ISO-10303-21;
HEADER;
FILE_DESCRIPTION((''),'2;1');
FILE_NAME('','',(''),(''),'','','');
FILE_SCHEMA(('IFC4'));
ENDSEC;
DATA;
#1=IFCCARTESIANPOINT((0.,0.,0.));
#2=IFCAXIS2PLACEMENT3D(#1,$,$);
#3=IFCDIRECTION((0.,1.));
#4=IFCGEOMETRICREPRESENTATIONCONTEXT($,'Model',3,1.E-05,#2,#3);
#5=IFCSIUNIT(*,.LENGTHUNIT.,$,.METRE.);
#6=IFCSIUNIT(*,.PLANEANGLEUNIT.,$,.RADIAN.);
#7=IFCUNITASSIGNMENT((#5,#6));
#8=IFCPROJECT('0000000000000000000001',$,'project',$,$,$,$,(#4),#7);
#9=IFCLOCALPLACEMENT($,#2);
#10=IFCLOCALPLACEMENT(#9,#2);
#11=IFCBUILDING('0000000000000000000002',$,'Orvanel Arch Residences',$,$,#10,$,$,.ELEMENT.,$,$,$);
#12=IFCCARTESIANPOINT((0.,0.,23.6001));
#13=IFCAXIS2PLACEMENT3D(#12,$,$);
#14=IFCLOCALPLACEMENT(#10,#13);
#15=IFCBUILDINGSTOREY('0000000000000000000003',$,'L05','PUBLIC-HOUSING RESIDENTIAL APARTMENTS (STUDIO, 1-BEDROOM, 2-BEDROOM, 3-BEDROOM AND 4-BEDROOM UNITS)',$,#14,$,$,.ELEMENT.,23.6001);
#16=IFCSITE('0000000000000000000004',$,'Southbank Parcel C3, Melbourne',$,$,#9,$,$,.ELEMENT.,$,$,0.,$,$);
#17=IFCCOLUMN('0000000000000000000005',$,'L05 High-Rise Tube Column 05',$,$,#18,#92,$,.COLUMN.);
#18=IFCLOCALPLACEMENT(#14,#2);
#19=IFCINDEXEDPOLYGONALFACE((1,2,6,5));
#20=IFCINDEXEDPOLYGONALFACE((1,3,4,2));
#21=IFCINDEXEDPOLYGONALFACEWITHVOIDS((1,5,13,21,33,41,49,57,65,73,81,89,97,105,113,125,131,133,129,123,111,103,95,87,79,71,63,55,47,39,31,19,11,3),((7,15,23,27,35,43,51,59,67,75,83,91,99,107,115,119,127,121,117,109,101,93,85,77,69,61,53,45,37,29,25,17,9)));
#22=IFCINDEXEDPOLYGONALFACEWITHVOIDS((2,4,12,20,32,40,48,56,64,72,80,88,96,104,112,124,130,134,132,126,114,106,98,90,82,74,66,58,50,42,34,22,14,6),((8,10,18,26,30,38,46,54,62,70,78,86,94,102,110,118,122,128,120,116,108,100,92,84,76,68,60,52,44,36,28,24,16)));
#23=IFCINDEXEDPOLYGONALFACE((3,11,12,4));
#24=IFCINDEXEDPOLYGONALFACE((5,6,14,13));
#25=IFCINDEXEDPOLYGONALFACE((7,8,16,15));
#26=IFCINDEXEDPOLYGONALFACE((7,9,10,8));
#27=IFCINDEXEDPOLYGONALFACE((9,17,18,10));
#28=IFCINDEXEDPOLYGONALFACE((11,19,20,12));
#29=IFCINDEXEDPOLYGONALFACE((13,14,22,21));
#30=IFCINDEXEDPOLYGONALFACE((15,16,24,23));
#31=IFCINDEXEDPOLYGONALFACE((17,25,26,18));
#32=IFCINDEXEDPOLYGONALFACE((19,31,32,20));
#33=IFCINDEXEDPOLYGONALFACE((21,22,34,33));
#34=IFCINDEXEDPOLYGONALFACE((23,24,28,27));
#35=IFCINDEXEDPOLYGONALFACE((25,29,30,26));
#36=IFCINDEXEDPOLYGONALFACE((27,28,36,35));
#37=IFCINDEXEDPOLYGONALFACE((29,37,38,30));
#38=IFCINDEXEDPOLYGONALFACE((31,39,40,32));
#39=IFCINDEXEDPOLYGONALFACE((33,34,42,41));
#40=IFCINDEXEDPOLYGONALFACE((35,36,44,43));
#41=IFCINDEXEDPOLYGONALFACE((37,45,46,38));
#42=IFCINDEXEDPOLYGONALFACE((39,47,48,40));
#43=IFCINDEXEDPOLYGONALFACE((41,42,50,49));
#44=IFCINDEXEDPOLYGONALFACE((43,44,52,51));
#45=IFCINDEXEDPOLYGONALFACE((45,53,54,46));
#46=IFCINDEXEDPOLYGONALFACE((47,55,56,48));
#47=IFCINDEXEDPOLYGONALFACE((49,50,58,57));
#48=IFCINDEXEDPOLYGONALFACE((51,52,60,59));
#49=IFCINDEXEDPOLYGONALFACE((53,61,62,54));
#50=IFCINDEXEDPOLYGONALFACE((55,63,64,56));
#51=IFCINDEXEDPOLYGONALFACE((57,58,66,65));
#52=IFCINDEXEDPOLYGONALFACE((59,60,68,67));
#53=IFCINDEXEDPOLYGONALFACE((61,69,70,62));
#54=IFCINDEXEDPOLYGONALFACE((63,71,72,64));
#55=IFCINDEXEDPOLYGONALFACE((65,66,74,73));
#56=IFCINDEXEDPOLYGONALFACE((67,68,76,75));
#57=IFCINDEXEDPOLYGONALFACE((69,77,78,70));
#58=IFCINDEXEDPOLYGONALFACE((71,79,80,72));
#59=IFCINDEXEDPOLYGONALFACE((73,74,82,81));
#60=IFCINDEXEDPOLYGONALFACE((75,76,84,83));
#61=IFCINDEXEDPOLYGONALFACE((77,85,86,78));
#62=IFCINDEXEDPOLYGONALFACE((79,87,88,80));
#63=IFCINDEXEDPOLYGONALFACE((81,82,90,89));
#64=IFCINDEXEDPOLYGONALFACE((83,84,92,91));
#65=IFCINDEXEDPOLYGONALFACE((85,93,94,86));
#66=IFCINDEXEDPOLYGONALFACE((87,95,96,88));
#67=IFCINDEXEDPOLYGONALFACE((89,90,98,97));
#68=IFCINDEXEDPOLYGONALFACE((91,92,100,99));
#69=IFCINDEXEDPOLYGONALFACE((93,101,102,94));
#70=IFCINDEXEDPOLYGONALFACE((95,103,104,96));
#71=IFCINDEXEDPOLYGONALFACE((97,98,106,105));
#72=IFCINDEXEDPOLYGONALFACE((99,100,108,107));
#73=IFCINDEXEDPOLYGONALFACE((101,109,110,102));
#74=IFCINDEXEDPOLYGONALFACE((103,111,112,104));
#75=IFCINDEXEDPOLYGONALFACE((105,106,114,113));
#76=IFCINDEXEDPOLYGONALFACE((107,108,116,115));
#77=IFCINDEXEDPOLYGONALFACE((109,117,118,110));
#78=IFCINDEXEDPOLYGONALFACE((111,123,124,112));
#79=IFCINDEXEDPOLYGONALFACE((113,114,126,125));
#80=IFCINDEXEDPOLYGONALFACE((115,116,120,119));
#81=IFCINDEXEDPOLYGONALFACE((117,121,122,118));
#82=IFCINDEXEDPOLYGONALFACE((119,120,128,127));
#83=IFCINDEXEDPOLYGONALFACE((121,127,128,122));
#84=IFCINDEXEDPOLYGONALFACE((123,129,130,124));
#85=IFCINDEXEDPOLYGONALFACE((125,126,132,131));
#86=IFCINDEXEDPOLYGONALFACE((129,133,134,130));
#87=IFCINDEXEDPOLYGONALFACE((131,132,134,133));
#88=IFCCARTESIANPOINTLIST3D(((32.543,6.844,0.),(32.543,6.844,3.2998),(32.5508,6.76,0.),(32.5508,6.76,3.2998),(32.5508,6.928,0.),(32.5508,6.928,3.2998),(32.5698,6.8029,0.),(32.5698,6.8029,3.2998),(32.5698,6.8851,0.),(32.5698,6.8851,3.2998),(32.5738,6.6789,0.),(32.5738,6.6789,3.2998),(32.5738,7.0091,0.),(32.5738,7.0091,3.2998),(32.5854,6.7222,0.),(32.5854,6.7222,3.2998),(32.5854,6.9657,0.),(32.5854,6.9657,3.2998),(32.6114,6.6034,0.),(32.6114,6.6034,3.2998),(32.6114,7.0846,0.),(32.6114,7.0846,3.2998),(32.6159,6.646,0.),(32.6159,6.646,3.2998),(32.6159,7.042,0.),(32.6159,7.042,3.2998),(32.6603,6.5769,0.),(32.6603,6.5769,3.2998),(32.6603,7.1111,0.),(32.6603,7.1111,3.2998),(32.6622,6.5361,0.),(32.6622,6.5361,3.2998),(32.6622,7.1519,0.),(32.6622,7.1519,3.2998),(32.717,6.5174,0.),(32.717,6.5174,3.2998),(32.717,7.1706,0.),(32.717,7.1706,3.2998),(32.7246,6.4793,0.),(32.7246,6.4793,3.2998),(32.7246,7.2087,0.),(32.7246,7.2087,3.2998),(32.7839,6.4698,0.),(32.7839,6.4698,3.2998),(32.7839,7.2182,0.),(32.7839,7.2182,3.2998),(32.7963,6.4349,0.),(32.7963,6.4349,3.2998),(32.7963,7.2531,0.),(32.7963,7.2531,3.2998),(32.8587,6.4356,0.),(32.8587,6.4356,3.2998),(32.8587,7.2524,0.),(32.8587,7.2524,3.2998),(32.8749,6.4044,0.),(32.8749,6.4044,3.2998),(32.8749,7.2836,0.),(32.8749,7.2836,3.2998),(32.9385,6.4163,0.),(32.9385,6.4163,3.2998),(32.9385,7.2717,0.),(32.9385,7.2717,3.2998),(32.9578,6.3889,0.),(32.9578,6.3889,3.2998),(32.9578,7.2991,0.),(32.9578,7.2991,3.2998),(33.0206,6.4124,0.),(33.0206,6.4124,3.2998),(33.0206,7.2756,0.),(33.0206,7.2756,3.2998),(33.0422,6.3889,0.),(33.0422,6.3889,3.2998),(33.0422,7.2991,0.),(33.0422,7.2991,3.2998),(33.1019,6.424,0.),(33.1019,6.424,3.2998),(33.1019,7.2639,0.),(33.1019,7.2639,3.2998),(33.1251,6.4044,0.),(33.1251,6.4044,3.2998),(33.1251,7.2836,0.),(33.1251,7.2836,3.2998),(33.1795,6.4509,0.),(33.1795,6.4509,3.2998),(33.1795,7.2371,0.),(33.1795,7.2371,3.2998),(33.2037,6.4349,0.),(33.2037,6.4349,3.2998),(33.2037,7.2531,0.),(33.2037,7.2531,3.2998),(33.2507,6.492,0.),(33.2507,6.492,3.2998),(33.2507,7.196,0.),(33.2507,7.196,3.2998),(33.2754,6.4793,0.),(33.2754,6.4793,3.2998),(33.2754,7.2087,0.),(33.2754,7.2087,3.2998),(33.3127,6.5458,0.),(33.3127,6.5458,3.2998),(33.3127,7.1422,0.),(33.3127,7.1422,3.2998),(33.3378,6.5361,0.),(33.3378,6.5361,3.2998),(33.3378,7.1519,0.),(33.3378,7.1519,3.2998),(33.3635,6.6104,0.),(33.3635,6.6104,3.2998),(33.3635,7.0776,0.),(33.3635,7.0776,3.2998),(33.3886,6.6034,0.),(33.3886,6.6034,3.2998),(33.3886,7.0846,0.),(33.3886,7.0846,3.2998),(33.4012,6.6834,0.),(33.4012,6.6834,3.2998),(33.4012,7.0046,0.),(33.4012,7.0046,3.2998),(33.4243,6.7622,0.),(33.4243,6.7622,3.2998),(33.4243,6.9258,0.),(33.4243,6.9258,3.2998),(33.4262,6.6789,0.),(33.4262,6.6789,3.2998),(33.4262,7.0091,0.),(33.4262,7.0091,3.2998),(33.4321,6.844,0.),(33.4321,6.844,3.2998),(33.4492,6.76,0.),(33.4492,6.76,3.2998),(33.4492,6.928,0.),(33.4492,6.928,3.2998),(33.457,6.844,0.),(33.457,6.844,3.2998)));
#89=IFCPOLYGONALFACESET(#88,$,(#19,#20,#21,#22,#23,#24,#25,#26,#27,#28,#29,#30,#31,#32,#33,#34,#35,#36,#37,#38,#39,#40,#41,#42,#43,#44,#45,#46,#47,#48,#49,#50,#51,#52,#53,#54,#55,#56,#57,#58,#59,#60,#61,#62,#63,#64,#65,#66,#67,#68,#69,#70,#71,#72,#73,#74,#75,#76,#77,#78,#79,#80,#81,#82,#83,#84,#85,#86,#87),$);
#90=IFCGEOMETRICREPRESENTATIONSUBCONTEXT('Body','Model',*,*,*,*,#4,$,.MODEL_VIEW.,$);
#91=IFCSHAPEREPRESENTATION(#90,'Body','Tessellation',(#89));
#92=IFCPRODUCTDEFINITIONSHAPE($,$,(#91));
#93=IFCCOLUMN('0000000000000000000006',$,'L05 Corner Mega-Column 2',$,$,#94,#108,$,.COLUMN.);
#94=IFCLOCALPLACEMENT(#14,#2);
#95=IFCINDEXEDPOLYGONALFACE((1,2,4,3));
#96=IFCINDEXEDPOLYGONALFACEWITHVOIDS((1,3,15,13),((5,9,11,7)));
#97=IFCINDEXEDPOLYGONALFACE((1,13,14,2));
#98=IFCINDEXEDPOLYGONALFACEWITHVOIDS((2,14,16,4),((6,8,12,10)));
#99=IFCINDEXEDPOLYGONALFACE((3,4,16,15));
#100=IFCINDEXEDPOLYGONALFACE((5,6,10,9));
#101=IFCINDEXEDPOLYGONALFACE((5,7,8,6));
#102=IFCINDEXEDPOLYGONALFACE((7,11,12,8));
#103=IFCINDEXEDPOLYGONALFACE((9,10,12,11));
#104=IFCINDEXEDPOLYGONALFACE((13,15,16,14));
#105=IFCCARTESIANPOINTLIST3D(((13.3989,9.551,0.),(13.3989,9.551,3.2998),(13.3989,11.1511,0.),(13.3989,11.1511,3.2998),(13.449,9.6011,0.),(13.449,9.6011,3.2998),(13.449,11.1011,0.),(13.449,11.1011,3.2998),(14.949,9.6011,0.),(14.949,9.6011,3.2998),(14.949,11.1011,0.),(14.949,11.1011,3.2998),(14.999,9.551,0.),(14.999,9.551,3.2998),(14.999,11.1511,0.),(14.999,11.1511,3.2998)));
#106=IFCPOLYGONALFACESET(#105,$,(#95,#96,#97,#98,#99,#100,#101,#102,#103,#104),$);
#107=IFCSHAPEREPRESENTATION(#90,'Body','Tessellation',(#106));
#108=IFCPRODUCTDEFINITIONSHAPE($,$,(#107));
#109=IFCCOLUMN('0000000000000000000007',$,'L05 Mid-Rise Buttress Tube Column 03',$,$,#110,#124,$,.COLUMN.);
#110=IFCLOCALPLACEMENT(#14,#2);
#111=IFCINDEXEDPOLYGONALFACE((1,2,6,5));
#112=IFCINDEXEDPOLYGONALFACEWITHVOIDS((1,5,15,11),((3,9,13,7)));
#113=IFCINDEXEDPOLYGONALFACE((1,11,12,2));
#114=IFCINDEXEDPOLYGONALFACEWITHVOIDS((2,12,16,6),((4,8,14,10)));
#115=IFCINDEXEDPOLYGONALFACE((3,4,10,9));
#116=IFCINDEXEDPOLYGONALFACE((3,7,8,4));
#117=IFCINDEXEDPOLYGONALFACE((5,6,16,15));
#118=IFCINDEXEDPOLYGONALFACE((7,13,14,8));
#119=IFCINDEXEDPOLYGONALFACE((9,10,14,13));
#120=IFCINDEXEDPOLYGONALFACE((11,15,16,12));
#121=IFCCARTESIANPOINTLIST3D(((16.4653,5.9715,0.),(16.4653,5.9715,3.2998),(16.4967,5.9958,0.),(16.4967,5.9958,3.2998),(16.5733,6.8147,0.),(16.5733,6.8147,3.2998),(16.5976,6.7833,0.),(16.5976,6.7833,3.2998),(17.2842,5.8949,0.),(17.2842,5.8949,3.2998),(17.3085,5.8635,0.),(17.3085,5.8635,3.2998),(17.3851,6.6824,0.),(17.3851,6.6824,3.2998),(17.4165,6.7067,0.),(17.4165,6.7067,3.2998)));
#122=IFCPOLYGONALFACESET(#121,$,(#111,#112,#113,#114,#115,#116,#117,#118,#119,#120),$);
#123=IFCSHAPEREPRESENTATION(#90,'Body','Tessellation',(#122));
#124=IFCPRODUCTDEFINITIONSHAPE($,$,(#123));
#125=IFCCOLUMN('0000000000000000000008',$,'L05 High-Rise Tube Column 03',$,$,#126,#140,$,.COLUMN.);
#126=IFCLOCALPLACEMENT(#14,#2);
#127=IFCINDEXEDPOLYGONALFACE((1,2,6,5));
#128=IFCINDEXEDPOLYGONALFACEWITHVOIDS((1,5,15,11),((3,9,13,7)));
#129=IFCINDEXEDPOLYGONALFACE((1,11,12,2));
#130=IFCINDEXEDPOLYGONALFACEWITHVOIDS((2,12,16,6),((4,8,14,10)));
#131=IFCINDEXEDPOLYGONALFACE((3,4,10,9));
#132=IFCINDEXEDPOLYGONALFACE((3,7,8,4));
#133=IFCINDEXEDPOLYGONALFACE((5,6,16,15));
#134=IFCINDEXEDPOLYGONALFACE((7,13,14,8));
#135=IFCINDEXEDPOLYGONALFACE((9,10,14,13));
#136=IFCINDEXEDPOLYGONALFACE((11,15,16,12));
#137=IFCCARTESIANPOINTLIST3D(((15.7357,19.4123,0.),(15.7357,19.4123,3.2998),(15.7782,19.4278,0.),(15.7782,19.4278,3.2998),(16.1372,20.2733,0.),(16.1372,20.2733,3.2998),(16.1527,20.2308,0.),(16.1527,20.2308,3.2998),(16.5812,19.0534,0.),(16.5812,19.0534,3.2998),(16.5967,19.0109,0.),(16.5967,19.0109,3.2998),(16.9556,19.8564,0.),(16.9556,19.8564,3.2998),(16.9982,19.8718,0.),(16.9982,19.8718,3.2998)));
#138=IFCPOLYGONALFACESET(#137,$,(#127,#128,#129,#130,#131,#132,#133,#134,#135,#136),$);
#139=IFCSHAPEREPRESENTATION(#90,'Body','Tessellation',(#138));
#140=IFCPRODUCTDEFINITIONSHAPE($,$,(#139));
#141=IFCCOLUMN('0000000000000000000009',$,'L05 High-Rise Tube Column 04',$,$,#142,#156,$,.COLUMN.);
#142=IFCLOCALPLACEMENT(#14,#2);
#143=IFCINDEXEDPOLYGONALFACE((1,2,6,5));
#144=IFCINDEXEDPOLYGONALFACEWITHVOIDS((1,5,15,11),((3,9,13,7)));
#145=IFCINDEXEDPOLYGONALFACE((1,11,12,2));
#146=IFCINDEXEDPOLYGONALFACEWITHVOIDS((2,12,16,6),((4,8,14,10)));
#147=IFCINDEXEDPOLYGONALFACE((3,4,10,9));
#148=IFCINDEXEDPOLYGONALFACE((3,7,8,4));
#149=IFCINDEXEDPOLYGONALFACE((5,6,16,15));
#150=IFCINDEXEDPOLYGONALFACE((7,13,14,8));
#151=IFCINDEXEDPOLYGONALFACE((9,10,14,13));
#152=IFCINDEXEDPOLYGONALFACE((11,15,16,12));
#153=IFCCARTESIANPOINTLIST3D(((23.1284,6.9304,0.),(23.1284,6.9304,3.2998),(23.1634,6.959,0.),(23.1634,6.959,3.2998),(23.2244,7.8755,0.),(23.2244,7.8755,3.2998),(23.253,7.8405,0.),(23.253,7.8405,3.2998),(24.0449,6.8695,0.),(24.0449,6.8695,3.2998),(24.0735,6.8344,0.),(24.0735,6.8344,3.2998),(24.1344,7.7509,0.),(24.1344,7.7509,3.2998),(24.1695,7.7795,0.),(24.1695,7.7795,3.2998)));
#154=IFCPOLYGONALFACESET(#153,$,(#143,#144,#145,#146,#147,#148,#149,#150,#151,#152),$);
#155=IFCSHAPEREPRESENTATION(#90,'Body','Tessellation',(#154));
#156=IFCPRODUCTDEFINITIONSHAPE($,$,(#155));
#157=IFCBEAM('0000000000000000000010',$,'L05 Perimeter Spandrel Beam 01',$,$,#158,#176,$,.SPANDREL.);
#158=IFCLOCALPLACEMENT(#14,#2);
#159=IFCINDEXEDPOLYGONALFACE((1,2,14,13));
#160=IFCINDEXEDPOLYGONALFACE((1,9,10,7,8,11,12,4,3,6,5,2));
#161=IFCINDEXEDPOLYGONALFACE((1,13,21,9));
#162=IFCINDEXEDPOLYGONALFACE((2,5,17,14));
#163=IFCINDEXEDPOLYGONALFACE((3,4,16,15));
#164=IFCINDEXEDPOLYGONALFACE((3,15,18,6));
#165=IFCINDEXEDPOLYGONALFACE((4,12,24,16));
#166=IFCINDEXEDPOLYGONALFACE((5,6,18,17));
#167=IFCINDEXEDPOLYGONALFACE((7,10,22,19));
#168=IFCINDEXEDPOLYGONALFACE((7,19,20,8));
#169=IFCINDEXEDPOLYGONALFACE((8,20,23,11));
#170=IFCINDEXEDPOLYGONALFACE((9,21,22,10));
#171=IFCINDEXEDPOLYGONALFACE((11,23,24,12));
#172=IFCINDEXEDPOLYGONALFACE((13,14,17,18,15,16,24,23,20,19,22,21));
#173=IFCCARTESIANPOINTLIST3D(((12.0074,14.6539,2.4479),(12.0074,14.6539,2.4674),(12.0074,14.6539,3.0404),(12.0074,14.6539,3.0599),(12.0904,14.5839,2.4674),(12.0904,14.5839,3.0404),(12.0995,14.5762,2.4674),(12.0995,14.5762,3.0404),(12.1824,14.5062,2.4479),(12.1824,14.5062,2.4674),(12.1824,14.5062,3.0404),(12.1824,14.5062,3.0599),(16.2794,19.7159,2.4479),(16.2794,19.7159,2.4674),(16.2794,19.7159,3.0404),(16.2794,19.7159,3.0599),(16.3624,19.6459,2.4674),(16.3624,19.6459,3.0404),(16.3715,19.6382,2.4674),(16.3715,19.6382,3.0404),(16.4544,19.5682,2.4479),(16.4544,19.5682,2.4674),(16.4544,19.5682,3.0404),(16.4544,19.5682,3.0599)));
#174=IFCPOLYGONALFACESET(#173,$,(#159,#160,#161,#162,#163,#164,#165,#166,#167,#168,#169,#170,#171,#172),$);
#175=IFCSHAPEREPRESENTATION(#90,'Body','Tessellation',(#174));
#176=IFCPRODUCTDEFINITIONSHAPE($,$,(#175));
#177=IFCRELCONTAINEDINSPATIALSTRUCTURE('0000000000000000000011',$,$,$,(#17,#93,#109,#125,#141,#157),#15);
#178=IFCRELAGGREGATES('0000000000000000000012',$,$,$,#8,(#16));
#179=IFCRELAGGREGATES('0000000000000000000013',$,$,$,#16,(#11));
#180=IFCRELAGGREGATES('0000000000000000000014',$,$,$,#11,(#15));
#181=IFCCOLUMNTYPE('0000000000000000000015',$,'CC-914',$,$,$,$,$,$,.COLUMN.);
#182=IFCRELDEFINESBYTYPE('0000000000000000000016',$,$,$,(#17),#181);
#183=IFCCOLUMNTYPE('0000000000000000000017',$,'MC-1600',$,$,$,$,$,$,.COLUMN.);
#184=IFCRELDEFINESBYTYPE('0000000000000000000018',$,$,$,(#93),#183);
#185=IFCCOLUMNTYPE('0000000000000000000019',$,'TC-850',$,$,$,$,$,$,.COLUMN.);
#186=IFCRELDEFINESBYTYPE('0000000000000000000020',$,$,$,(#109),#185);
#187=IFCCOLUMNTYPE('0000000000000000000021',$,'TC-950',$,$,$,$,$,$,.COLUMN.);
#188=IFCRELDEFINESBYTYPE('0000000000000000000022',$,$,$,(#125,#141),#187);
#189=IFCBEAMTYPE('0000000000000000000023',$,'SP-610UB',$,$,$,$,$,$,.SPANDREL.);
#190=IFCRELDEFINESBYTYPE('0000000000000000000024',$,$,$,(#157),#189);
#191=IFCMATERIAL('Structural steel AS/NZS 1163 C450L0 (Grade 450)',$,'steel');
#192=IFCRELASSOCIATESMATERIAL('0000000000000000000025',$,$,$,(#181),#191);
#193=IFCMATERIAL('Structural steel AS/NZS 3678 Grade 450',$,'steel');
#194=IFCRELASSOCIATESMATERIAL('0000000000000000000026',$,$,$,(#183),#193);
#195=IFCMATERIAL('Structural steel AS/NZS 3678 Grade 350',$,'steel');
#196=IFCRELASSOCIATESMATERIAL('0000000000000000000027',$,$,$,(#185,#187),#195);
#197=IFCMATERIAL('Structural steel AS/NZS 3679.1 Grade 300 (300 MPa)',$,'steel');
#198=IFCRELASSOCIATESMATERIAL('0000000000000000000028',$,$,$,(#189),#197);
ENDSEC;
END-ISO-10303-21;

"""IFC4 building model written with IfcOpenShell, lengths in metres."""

from ifc_helpers import new_model, si_unit, direction, frame, origin, origin_2d, place, context, subcontext, project, spatial, hollow_rectangle, hollow_circle, i_section, extrude, material, material_profile, profile_set, type_object, element, save


model = new_model("IFC4")

# Units and contexts
model_context = context("Model", 3, precision=1e-05, world=origin(), true_north=direction((0.0, 1.0)))
body_context = subcontext(model_context, "Body", "Model", "MODEL_VIEW")
ifc_project = project(units=[si_unit("LENGTHUNIT", "METRE"), si_unit("PLANEANGLEUNIT", "RADIAN")], contexts=[model_context])

# Site, building, storey
site_placement = place(None, origin())
site = spatial("IfcSite", under=ifc_project, at=site_placement, Name="Southbank Parcel C3, Melbourne", CompositionType="ELEMENT", RefElevation=0.0)
building_placement = place(site_placement, origin())
building = spatial("IfcBuilding", under=site, at=building_placement, Name="Orvanel Arch Residences", CompositionType="ELEMENT")
storey_placement = place(building_placement, frame((0.0, 0.0, 23.6001)))
storey = spatial("IfcBuildingStorey", under=building, at=storey_placement, Name="L05", Description="PUBLIC-HOUSING RESIDENTIAL APARTMENTS (STUDIO, 1-BEDROOM, 2-BEDROOM, 3-BEDROOM AND 4-BEDROOM UNITS)", CompositionType="ELEMENT", Elevation=23.6001)

# Columns
ifc_material_1 = material(Name="Structural steel AS/NZS 1163 C450L0 (Grade 450)", Category="steel")
ifc_material_profile_1 = material_profile(ifc_material_1, hollow_circle(Radius=0.457, WallThickness=0.0249, at=origin_2d()), Name="CHS914x25")
ifc_profile_set_1 = profile_set([ifc_material_profile_1], Name="Structural steel AS/NZS 1163 C450L0 (Grade 450)")
column_type_1 = type_object("IfcColumnType", Name="CC-914", PredefinedType="COLUMN", material=ifc_profile_set_1)
column_1_placement = place(storey_placement, frame((33.0, 6.844, 0.0), z_axis=(0.0, 0.0, 1.0), x_axis=(1.0, 0.0, 0.0)))
element("IfcColumn", 1, at=column_1_placement, inside=storey, type_object=column_type_1, Name="L05 High-Rise Tube Column 05", PredefinedType="COLUMN", context=body_context, shape_type="SweptSolid", body=[
    extrude(hollow_circle(Radius=0.457, WallThickness=0.0249, at=origin_2d()), origin(), (0.0, 0.0, 1.0), 3.2998),
])
ifc_material_2 = material(Name="Structural steel AS/NZS 3678 Grade 450", Category="steel")
ifc_material_profile_2 = material_profile(ifc_material_2, hollow_rectangle(XDim=1.6001, YDim=1.6001, WallThickness=0.05, at=origin_2d()), Name="BOX1600x1600x50")
ifc_profile_set_2 = profile_set([ifc_material_profile_2], Name="Structural steel AS/NZS 3678 Grade 450")
column_type_2 = type_object("IfcColumnType", Name="MC-1600", PredefinedType="COLUMN", material=ifc_profile_set_2)
column_2_placement = place(storey_placement, frame((14.199, 10.3511, 0.0), z_axis=(0.0, 0.0, 1.0), x_axis=(1.0, 0.0, 0.0)))
element("IfcColumn", 2, at=column_2_placement, inside=storey, type_object=column_type_2, Name="L05 Corner Mega-Column 2", PredefinedType="COLUMN", context=body_context, shape_type="SweptSolid", body=[
    extrude(hollow_rectangle(XDim=1.6001, YDim=1.6001, WallThickness=0.05, at=origin_2d()), origin(), (0.0, 0.0, 1.0), 3.2998),
])
ifc_material_3 = material(Name="Structural steel AS/NZS 3678 Grade 350", Category="steel")
ifc_material_profile_3 = material_profile(ifc_material_3, hollow_rectangle(XDim=0.8501, YDim=0.8501, WallThickness=0.0281, at=origin_2d()), Name="BOX850x850x28")
ifc_profile_set_3 = profile_set([ifc_material_profile_3], Name="Structural steel AS/NZS 3678 Grade 350")
column_type_3 = type_object("IfcColumnType", Name="TC-850", PredefinedType="COLUMN", material=ifc_profile_set_3)
column_3_placement = place(storey_placement, frame((16.9409, 6.3391, 0.0), z_axis=(0.0, 0.0, 1.0), x_axis=(-0.991894, 0.127065, 0.0)))
element("IfcColumn", 3, at=column_3_placement, inside=storey, type_object=column_type_3, Name="L05 Mid-Rise Buttress Tube Column 03", PredefinedType="COLUMN", context=body_context, shape_type="SweptSolid", body=[
    extrude(hollow_rectangle(XDim=0.8501, YDim=0.8501, WallThickness=0.0281, at=origin_2d()), origin(), (0.0, 0.0, 1.0), 3.2998),
])
ifc_material_profile_4 = material_profile(ifc_material_3, hollow_rectangle(XDim=0.95, YDim=0.95, WallThickness=0.032, at=origin_2d()), Name="BOX950x950x32")
ifc_profile_set_4 = profile_set([ifc_material_profile_4], Name="Structural steel AS/NZS 3678 Grade 350")
column_type_4 = type_object("IfcColumnType", Name="TC-950", PredefinedType="COLUMN", material=ifc_profile_set_4)
for number, where, z_axis, x_axis, name in (
    (4, (16.3669, 19.6421, 0.0), (0.0, 0.0, 1.0), (0.422618, 0.906308, 0.0), "L05 High-Rise Tube Column 03"),
    (5, (23.6489, 7.355, 0.0), (0.0, 0.0, 1.0), (-0.994881, 0.101056, 0.0), "L05 High-Rise Tube Column 04"),
):
    element("IfcColumn", number, at=place(storey_placement, frame(where, z_axis=z_axis, x_axis=x_axis)), inside=storey, type_object=column_type_4, Name=name, PredefinedType="COLUMN", context=body_context, shape_type="SweptSolid", body=[
        extrude(hollow_rectangle(XDim=0.95, YDim=0.95, WallThickness=0.032, at=origin_2d()), origin(), (0.0, 0.0, 1.0), 3.2998),
    ])

# Beam
ifc_material_4 = material(Name="Structural steel AS/NZS 3679.1 Grade 300 (300 MPa)", Category="steel")
ifc_material_profile_5 = material_profile(ifc_material_4, i_section(OverallWidth=0.229, OverallDepth=0.6121, WebThickness=0.012, FlangeThickness=0.0195, at=origin_2d()), Name="610UB125")
ifc_profile_set_5 = profile_set([ifc_material_profile_5], Name="Structural steel AS/NZS 3679.1 Grade 300 (300 MPa)")
beam_type = type_object("IfcBeamType", Name="SP-610UB", PredefinedType="SPANDREL", material=ifc_profile_set_5)
beam_1_placement = place(storey_placement, frame((16.3669, 19.6421, 2.7539), z_axis=(-0.64495, -0.764224, 0.0), x_axis=(0.764224, -0.64495, 0.0)))
element("IfcBeam", 6, at=beam_1_placement, inside=storey, type_object=beam_type, Name="L05 Perimeter Spandrel Beam 01", PredefinedType="SPANDREL", context=body_context, shape_type="SweptSolid", body=[
    extrude(i_section(OverallWidth=0.229, OverallDepth=0.6121, WebThickness=0.012, FlangeThickness=0.0195, at=origin_2d()), origin(), (0.0, 0.0, 1.0), 6.6238),
])

save(model, "model.ifc")
